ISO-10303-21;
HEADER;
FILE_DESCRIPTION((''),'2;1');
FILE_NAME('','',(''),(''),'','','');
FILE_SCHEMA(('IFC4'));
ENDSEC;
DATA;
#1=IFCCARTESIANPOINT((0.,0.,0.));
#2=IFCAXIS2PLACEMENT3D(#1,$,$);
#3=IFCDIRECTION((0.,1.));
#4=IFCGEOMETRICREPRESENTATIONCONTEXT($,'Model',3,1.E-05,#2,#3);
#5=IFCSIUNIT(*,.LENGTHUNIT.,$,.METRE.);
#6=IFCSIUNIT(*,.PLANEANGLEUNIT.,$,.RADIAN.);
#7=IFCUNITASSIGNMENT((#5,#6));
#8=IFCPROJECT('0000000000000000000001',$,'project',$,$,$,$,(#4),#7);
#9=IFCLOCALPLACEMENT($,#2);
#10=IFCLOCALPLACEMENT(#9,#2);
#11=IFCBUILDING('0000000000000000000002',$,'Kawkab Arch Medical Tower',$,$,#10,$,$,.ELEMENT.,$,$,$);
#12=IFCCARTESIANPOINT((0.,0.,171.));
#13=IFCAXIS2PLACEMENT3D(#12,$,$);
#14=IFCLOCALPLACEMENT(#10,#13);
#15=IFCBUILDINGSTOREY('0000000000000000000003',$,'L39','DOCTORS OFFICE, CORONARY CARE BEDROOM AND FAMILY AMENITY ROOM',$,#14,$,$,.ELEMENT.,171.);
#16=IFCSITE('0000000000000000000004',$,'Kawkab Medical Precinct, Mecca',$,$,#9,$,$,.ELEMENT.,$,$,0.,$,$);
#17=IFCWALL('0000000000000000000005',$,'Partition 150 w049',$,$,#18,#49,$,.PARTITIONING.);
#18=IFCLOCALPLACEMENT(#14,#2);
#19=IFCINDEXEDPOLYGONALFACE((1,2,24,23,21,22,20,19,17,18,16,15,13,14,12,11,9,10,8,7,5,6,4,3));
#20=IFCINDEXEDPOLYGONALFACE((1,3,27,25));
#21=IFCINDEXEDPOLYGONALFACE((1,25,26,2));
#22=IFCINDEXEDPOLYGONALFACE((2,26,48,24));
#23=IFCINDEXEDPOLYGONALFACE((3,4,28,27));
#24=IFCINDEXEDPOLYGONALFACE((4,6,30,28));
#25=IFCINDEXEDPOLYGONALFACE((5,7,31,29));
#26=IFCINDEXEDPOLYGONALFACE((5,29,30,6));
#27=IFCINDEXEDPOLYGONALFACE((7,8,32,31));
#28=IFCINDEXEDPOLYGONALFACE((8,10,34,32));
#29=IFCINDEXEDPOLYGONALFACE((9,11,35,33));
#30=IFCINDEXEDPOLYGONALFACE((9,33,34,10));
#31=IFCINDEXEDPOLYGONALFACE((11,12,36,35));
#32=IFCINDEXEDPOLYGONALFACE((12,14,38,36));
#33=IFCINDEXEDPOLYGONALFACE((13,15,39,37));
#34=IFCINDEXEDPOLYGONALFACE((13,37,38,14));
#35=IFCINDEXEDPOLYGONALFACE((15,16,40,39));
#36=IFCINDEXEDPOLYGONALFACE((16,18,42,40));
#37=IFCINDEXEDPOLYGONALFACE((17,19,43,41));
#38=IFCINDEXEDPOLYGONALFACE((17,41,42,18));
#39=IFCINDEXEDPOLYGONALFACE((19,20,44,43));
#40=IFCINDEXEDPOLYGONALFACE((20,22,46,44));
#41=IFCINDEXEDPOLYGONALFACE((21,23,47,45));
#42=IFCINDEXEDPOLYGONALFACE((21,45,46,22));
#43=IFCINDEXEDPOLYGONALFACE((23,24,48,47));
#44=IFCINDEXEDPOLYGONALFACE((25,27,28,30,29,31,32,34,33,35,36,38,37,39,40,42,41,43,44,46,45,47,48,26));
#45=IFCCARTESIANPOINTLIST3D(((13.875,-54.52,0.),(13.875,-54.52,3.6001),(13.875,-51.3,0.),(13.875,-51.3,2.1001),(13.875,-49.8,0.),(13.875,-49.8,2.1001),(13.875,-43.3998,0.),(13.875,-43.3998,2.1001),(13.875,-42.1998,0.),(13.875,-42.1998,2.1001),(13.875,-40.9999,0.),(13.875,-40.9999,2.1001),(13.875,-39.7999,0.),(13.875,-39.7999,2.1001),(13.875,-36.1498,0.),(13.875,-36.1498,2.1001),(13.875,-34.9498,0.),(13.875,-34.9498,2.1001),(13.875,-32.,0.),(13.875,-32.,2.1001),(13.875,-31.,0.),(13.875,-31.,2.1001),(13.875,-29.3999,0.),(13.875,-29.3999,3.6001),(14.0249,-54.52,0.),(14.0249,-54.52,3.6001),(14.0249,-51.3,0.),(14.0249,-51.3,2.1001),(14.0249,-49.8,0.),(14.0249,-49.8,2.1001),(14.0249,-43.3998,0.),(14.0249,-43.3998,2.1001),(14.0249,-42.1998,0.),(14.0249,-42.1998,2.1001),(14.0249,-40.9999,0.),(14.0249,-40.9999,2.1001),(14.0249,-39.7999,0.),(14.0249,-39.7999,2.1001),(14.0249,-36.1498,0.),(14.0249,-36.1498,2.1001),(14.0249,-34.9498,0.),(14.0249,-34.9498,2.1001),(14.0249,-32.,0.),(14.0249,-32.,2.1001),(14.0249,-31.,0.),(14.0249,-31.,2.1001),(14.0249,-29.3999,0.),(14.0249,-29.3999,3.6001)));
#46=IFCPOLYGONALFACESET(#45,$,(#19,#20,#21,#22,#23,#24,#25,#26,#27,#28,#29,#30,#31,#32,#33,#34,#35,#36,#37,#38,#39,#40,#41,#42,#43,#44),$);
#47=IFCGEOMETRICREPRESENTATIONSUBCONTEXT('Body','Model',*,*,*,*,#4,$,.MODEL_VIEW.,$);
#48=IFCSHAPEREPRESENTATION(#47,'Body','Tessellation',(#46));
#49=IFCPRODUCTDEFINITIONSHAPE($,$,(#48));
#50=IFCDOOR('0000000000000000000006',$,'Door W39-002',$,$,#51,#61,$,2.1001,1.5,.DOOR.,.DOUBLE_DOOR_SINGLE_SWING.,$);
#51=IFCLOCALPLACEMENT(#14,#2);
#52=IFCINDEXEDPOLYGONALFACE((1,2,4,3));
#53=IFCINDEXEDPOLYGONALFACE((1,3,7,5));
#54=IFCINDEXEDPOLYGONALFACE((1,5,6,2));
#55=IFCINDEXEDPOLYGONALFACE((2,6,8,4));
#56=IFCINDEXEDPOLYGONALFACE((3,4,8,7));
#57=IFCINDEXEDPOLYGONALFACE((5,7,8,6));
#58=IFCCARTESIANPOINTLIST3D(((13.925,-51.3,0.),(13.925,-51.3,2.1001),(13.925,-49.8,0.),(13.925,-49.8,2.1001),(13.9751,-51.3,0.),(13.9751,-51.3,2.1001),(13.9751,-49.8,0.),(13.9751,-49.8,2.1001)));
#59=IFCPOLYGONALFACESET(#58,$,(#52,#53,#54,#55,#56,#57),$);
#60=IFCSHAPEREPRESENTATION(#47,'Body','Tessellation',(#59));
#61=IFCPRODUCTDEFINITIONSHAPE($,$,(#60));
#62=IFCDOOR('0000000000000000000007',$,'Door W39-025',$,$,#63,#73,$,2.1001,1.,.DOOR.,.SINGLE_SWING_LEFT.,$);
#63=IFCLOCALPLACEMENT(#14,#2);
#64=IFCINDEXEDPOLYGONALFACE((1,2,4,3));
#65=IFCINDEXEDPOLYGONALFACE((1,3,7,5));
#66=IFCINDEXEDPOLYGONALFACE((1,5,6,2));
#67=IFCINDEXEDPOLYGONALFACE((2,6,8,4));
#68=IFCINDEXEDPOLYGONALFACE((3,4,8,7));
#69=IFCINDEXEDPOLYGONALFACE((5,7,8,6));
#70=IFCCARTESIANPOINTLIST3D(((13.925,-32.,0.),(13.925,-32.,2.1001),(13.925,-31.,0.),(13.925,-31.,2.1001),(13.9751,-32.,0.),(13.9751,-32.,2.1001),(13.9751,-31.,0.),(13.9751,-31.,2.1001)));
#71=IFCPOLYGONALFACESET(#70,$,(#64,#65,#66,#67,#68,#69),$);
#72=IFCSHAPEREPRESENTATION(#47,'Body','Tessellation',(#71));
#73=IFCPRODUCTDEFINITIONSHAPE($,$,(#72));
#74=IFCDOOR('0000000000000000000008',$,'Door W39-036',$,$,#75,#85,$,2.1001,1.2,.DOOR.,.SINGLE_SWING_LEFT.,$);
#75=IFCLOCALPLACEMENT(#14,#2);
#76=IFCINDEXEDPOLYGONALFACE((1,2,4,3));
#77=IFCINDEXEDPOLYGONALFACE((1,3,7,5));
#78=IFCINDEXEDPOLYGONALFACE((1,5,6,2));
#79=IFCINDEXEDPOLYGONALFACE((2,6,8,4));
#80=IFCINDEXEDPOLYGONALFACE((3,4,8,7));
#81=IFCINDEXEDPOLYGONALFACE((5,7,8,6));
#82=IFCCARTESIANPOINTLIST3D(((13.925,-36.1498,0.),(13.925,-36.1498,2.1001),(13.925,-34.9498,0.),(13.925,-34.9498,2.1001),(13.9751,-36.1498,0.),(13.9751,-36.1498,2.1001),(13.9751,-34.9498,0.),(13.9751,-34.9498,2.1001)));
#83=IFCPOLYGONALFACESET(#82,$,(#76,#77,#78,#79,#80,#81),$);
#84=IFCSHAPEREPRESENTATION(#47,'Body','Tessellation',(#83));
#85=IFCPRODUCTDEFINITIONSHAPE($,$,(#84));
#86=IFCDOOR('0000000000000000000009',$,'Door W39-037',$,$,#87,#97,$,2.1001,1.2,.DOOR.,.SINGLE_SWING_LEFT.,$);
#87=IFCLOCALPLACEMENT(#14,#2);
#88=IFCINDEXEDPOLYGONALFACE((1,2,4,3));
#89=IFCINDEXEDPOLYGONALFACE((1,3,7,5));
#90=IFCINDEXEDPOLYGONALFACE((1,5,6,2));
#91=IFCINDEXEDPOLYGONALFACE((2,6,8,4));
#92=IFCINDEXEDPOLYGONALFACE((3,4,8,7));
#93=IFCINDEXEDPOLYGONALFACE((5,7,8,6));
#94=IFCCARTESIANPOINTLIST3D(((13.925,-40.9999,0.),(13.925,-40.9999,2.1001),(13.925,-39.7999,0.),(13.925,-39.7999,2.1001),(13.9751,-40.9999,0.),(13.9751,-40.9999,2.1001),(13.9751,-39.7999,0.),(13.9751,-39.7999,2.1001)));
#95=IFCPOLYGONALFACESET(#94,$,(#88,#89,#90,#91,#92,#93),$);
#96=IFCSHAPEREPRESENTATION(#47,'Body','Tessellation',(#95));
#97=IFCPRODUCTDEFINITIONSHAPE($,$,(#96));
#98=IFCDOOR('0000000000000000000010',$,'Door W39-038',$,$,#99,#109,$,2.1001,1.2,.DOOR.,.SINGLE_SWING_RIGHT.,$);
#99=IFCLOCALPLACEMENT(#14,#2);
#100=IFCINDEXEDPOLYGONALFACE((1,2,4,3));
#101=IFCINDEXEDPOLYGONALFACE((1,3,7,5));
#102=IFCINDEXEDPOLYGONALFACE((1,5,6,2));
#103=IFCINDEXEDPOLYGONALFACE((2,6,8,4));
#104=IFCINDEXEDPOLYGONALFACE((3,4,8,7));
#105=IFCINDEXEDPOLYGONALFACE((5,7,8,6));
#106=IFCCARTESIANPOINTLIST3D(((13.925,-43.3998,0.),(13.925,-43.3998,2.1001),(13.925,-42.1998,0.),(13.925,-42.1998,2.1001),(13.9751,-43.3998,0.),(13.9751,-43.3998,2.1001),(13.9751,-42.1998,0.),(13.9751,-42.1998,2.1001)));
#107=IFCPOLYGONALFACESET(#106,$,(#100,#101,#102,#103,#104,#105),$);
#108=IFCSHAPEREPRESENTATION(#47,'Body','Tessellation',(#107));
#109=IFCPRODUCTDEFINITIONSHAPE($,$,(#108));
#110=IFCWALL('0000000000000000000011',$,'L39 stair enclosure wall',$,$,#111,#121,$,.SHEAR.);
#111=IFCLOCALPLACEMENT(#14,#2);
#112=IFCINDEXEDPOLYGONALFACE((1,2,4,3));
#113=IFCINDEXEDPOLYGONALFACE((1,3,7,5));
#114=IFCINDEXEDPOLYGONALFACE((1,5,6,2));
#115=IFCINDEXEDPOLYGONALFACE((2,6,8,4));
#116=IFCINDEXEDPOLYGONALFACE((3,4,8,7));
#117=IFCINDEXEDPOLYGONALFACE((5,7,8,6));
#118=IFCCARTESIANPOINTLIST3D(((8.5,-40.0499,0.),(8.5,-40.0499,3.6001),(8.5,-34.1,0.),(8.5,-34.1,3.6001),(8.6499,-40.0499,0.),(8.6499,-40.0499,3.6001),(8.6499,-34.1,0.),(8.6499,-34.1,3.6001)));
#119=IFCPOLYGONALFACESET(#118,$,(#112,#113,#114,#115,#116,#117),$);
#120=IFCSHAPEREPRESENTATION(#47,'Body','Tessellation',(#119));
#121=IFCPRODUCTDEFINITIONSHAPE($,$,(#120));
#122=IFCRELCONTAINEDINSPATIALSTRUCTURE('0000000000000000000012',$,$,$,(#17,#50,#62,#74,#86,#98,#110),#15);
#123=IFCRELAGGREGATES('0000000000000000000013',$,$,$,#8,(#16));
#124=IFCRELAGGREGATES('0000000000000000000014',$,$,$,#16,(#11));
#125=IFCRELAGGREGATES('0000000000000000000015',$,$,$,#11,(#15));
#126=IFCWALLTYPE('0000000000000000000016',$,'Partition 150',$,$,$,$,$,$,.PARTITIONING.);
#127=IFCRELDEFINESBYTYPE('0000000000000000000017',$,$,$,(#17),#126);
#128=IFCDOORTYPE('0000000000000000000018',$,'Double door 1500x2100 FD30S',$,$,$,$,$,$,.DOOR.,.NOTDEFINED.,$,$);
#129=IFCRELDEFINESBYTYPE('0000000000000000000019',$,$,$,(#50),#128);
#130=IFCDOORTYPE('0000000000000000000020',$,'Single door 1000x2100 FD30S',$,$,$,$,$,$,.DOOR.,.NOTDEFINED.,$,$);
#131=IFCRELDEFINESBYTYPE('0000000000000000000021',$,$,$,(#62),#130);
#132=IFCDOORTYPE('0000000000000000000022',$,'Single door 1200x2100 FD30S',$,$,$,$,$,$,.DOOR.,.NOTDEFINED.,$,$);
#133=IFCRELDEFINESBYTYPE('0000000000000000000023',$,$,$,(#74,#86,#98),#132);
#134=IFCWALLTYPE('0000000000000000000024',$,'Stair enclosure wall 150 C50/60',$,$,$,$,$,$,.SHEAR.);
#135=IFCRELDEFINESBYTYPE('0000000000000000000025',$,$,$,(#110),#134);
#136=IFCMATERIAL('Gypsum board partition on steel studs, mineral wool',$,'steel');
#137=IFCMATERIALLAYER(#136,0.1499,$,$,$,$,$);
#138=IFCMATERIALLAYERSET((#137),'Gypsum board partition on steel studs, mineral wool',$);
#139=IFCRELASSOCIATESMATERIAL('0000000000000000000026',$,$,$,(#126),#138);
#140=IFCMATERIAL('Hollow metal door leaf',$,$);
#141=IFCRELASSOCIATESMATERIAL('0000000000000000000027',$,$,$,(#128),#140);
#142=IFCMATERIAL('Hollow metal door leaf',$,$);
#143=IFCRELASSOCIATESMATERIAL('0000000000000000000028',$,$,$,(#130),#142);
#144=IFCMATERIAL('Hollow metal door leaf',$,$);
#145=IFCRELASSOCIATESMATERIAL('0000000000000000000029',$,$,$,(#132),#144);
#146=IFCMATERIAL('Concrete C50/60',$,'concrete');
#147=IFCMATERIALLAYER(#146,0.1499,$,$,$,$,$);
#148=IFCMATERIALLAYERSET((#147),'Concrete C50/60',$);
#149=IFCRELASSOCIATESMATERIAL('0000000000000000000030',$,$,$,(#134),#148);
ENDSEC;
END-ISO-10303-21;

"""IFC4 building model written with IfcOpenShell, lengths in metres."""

from ifc_helpers import new_model, si_unit, direction, frame, frame_2d, origin, place, context, subcontext, project, spatial, rectangle, extrude, material, layer, layer_set, type_object, element, fill, save


model = new_model("IFC4")

# Units and contexts
model_context = context("Model", 3, precision=1e-05, world=origin(), true_north=direction((0.0, 1.0)))
body_context = subcontext(model_context, "Body", "Model", "MODEL_VIEW")
ifc_project = project(units=[si_unit("LENGTHUNIT", "METRE"), si_unit("PLANEANGLEUNIT", "RADIAN")], contexts=[model_context])

# Site, building, storey
site_placement = place(None, origin())
site = spatial("IfcSite", under=ifc_project, at=site_placement, Name="Kawkab Medical Precinct, Mecca", CompositionType="ELEMENT", RefElevation=0.0)
building_placement = place(site_placement, origin())
building = spatial("IfcBuilding", under=site, at=building_placement, Name="Kawkab Arch Medical Tower", CompositionType="ELEMENT")
storey_placement = place(building_placement, frame((0.0, 0.0, 171.0)))
storey = spatial("IfcBuildingStorey", under=building, at=storey_placement, Name="L39", Description="DOCTORS OFFICE, CORONARY CARE BEDROOM AND FAMILY AMENITY ROOM", CompositionType="ELEMENT", Elevation=171.0)

# Shared definitions
ifc_material_1 = material(Name="Gypsum board partition on steel studs, mineral wool", Category="steel")
ifc_layer_1 = layer(ifc_material_1, 0.1499)
ifc_layer_set_1 = layer_set([ifc_layer_1], Name="Gypsum board partition on steel studs, mineral wool")
wall_type_1 = type_object("IfcWallType", Name="Partition 150", PredefinedType="PARTITIONING", material=ifc_layer_set_1)

# Wall, openings, doors
wall_1_placement = place(storey_placement, frame((13.95, -54.52, 0.0), z_axis=(0.0, 0.0, 1.0), x_axis=(0.0, 1.0, 0.0)))
wall_1 = element("IfcWall", 1, at=wall_1_placement, inside=storey, type_object=wall_type_1, Name="Partition 150 w049", PredefinedType="PARTITIONING", context=body_context, shape_type="SweptSolid", body=[
    extrude(rectangle(XDim=25.1201, YDim=0.1499, at=frame_2d((12.5601, 0.0))), origin(), (0.0, 0.0, 1.0), 3.6001),
])
opening_1_placement = place(wall_1_placement, frame((22.52, 0.0, 0.0)))
opening_1 = element("IfcOpeningElement", 2, at=opening_1_placement, cuts=wall_1, PredefinedType="OPENING", context=body_context, shape_type="SweptSolid", body=[
    extrude(rectangle(XDim=1.0, YDim=2.1001, at=frame_2d((0.5, 1.05))), frame((0.0, 0.085, 0.0), z_axis=(0.0, -1.0, 0.0), x_axis=(1.0, 0.0, 0.0)), (0.0, 0.0, 1.0), 0.1699),
])
opening_2_placement = place(wall_1_placement, frame((18.3701, 0.0, 0.0)))
opening_2 = element("IfcOpeningElement", 3, at=opening_2_placement, cuts=wall_1, PredefinedType="OPENING", context=body_context, shape_type="SweptSolid", body=[
    extrude(rectangle(XDim=1.2, YDim=2.1001, at=frame_2d((0.6001, 1.05))), frame((0.0, 0.085, 0.0), z_axis=(0.0, -1.0, 0.0), x_axis=(1.0, 0.0, 0.0)), (0.0, 0.0, 1.0), 0.1699),
])
opening_3_placement = place(wall_1_placement, frame((13.52, 0.0, 0.0)))
opening_3 = element("IfcOpeningElement", 4, at=opening_3_placement, cuts=wall_1, PredefinedType="OPENING", context=body_context, shape_type="SweptSolid", body=[
    extrude(rectangle(XDim=1.2, YDim=2.1001, at=frame_2d((0.6001, 1.05))), frame((0.0, 0.085, 0.0), z_axis=(0.0, -1.0, 0.0), x_axis=(1.0, 0.0, 0.0)), (0.0, 0.0, 1.0), 0.1699),
])
opening_4_placement = place(wall_1_placement, frame((11.1201, 0.0, 0.0)))
opening_4 = element("IfcOpeningElement", 5, at=opening_4_placement, cuts=wall_1, PredefinedType="OPENING", context=body_context, shape_type="SweptSolid", body=[
    extrude(rectangle(XDim=1.2, YDim=2.1001, at=frame_2d((0.6001, 1.05))), frame((0.0, 0.085, 0.0), z_axis=(0.0, -1.0, 0.0), x_axis=(1.0, 0.0, 0.0)), (0.0, 0.0, 1.0), 0.1699),
])
opening_5_placement = place(wall_1_placement, frame((3.22, 0.0, 0.0)))
opening_5 = element("IfcOpeningElement", 6, at=opening_5_placement, cuts=wall_1, PredefinedType="OPENING", context=body_context, shape_type="SweptSolid", body=[
    extrude(rectangle(XDim=1.5, YDim=2.1001, at=frame_2d((0.75, 1.05))), frame((0.0, 0.085, 0.0), z_axis=(0.0, -1.0, 0.0), x_axis=(1.0, 0.0, 0.0)), (0.0, 0.0, 1.0), 0.1699),
])
ifc_material_2 = material(Name="Hollow metal door leaf")
door_type_1 = type_object("IfcDoorType", Name="Double door 1500x2100 FD30S", OperationType="NOTDEFINED", PredefinedType="DOOR", material=ifc_material_2)
door_1_placement = place(opening_5_placement, origin())
door_1 = element("IfcDoor", 7, at=door_1_placement, inside=storey, type_object=door_type_1, Name="Door W39-002", OperationType="DOUBLE_DOOR_SINGLE_SWING", OverallHeight=2.1001, OverallWidth=1.5, PredefinedType="DOOR", context=body_context, shape_type="SweptSolid", body=[
    extrude(rectangle(XDim=1.5, YDim=2.1001, at=frame_2d((0.75, 1.05))), frame((0.0, 0.0249, 0.0), z_axis=(0.0, -1.0, 0.0), x_axis=(1.0, 0.0, 0.0)), (0.0, 0.0, 1.0), 0.05),
])
fill(opening_5, door_1)
ifc_material_3 = material(Name="Hollow metal door leaf")
door_type_2 = type_object("IfcDoorType", Name="Single door 1000x2100 FD30S", OperationType="NOTDEFINED", PredefinedType="DOOR", material=ifc_material_3)
door_2_placement = place(opening_1_placement, origin())
door_2 = element("IfcDoor", 8, at=door_2_placement, inside=storey, type_object=door_type_2, Name="Door W39-025", OperationType="SINGLE_SWING_LEFT", OverallHeight=2.1001, OverallWidth=1.0, PredefinedType="DOOR", context=body_context, shape_type="SweptSolid", body=[
    extrude(rectangle(XDim=1.0, YDim=2.1001, at=frame_2d((0.5, 1.05))), frame((0.0, 0.0249, 0.0), z_axis=(0.0, -1.0, 0.0), x_axis=(1.0, 0.0, 0.0)), (0.0, 0.0, 1.0), 0.05),
])
fill(opening_1, door_2)
ifc_material_4 = material(Name="Hollow metal door leaf")
door_type_3 = type_object("IfcDoorType", Name="Single door 1200x2100 FD30S", OperationType="NOTDEFINED", PredefinedType="DOOR", material=ifc_material_4)
door_3_placement = place(opening_2_placement, origin())
door_3 = element("IfcDoor", 9, at=door_3_placement, inside=storey, type_object=door_type_3, Name="Door W39-036", OperationType="SINGLE_SWING_LEFT", OverallHeight=2.1001, OverallWidth=1.2, PredefinedType="DOOR", context=body_context, shape_type="SweptSolid", body=[
    extrude(rectangle(XDim=1.2, YDim=2.1001, at=frame_2d((0.6001, 1.05))), frame((0.0, 0.0249, 0.0), z_axis=(0.0, -1.0, 0.0), x_axis=(1.0, 0.0, 0.0)), (0.0, 0.0, 1.0), 0.05),
])
fill(opening_2, door_3)
door_4_placement = place(opening_3_placement, origin())
door_4 = element("IfcDoor", 10, at=door_4_placement, inside=storey, type_object=door_type_3, Name="Door W39-037", OperationType="SINGLE_SWING_LEFT", OverallHeight=2.1001, OverallWidth=1.2, PredefinedType="DOOR", context=body_context, shape_type="SweptSolid", body=[
    extrude(rectangle(XDim=1.2, YDim=2.1001, at=frame_2d((0.6001, 1.05))), frame((0.0, 0.0249, 0.0), z_axis=(0.0, -1.0, 0.0), x_axis=(1.0, 0.0, 0.0)), (0.0, 0.0, 1.0), 0.05),
])
fill(opening_3, door_4)
door_5_placement = place(opening_4_placement, origin())
door_5 = element("IfcDoor", 11, at=door_5_placement, inside=storey, type_object=door_type_3, Name="Door W39-038", OperationType="SINGLE_SWING_RIGHT", OverallHeight=2.1001, OverallWidth=1.2, PredefinedType="DOOR", context=body_context, shape_type="SweptSolid", body=[
    extrude(rectangle(XDim=1.2, YDim=2.1001, at=frame_2d((0.6001, 1.05))), frame((0.0, 0.0249, 0.0), z_axis=(0.0, -1.0, 0.0), x_axis=(1.0, 0.0, 0.0)), (0.0, 0.0, 1.0), 0.05),
])
fill(opening_4, door_5)

# Wall
ifc_material_5 = material(Name="Concrete C50/60", Category="concrete")
ifc_layer_2 = layer(ifc_material_5, 0.1499)
ifc_layer_set_2 = layer_set([ifc_layer_2], Name="Concrete C50/60")
wall_type_2 = type_object("IfcWallType", Name="Stair enclosure wall 150 C50/60", PredefinedType="SHEAR", material=ifc_layer_set_2)
wall_2_placement = place(storey_placement, frame((8.575, -40.05, 0.0), z_axis=(0.0, 0.0, 1.0), x_axis=(0.0, 1.0, 0.0)))
element("IfcWall", 12, at=wall_2_placement, inside=storey, type_object=wall_type_2, Name="L39 stair enclosure wall", PredefinedType="SHEAR", context=body_context, shape_type="SweptSolid", body=[
    extrude(rectangle(XDim=5.95, YDim=0.1499, at=frame_2d((2.9751, 0.0))), origin(), (0.0, 0.0, 1.0), 3.6001),
])

save(model, "model.ifc")
